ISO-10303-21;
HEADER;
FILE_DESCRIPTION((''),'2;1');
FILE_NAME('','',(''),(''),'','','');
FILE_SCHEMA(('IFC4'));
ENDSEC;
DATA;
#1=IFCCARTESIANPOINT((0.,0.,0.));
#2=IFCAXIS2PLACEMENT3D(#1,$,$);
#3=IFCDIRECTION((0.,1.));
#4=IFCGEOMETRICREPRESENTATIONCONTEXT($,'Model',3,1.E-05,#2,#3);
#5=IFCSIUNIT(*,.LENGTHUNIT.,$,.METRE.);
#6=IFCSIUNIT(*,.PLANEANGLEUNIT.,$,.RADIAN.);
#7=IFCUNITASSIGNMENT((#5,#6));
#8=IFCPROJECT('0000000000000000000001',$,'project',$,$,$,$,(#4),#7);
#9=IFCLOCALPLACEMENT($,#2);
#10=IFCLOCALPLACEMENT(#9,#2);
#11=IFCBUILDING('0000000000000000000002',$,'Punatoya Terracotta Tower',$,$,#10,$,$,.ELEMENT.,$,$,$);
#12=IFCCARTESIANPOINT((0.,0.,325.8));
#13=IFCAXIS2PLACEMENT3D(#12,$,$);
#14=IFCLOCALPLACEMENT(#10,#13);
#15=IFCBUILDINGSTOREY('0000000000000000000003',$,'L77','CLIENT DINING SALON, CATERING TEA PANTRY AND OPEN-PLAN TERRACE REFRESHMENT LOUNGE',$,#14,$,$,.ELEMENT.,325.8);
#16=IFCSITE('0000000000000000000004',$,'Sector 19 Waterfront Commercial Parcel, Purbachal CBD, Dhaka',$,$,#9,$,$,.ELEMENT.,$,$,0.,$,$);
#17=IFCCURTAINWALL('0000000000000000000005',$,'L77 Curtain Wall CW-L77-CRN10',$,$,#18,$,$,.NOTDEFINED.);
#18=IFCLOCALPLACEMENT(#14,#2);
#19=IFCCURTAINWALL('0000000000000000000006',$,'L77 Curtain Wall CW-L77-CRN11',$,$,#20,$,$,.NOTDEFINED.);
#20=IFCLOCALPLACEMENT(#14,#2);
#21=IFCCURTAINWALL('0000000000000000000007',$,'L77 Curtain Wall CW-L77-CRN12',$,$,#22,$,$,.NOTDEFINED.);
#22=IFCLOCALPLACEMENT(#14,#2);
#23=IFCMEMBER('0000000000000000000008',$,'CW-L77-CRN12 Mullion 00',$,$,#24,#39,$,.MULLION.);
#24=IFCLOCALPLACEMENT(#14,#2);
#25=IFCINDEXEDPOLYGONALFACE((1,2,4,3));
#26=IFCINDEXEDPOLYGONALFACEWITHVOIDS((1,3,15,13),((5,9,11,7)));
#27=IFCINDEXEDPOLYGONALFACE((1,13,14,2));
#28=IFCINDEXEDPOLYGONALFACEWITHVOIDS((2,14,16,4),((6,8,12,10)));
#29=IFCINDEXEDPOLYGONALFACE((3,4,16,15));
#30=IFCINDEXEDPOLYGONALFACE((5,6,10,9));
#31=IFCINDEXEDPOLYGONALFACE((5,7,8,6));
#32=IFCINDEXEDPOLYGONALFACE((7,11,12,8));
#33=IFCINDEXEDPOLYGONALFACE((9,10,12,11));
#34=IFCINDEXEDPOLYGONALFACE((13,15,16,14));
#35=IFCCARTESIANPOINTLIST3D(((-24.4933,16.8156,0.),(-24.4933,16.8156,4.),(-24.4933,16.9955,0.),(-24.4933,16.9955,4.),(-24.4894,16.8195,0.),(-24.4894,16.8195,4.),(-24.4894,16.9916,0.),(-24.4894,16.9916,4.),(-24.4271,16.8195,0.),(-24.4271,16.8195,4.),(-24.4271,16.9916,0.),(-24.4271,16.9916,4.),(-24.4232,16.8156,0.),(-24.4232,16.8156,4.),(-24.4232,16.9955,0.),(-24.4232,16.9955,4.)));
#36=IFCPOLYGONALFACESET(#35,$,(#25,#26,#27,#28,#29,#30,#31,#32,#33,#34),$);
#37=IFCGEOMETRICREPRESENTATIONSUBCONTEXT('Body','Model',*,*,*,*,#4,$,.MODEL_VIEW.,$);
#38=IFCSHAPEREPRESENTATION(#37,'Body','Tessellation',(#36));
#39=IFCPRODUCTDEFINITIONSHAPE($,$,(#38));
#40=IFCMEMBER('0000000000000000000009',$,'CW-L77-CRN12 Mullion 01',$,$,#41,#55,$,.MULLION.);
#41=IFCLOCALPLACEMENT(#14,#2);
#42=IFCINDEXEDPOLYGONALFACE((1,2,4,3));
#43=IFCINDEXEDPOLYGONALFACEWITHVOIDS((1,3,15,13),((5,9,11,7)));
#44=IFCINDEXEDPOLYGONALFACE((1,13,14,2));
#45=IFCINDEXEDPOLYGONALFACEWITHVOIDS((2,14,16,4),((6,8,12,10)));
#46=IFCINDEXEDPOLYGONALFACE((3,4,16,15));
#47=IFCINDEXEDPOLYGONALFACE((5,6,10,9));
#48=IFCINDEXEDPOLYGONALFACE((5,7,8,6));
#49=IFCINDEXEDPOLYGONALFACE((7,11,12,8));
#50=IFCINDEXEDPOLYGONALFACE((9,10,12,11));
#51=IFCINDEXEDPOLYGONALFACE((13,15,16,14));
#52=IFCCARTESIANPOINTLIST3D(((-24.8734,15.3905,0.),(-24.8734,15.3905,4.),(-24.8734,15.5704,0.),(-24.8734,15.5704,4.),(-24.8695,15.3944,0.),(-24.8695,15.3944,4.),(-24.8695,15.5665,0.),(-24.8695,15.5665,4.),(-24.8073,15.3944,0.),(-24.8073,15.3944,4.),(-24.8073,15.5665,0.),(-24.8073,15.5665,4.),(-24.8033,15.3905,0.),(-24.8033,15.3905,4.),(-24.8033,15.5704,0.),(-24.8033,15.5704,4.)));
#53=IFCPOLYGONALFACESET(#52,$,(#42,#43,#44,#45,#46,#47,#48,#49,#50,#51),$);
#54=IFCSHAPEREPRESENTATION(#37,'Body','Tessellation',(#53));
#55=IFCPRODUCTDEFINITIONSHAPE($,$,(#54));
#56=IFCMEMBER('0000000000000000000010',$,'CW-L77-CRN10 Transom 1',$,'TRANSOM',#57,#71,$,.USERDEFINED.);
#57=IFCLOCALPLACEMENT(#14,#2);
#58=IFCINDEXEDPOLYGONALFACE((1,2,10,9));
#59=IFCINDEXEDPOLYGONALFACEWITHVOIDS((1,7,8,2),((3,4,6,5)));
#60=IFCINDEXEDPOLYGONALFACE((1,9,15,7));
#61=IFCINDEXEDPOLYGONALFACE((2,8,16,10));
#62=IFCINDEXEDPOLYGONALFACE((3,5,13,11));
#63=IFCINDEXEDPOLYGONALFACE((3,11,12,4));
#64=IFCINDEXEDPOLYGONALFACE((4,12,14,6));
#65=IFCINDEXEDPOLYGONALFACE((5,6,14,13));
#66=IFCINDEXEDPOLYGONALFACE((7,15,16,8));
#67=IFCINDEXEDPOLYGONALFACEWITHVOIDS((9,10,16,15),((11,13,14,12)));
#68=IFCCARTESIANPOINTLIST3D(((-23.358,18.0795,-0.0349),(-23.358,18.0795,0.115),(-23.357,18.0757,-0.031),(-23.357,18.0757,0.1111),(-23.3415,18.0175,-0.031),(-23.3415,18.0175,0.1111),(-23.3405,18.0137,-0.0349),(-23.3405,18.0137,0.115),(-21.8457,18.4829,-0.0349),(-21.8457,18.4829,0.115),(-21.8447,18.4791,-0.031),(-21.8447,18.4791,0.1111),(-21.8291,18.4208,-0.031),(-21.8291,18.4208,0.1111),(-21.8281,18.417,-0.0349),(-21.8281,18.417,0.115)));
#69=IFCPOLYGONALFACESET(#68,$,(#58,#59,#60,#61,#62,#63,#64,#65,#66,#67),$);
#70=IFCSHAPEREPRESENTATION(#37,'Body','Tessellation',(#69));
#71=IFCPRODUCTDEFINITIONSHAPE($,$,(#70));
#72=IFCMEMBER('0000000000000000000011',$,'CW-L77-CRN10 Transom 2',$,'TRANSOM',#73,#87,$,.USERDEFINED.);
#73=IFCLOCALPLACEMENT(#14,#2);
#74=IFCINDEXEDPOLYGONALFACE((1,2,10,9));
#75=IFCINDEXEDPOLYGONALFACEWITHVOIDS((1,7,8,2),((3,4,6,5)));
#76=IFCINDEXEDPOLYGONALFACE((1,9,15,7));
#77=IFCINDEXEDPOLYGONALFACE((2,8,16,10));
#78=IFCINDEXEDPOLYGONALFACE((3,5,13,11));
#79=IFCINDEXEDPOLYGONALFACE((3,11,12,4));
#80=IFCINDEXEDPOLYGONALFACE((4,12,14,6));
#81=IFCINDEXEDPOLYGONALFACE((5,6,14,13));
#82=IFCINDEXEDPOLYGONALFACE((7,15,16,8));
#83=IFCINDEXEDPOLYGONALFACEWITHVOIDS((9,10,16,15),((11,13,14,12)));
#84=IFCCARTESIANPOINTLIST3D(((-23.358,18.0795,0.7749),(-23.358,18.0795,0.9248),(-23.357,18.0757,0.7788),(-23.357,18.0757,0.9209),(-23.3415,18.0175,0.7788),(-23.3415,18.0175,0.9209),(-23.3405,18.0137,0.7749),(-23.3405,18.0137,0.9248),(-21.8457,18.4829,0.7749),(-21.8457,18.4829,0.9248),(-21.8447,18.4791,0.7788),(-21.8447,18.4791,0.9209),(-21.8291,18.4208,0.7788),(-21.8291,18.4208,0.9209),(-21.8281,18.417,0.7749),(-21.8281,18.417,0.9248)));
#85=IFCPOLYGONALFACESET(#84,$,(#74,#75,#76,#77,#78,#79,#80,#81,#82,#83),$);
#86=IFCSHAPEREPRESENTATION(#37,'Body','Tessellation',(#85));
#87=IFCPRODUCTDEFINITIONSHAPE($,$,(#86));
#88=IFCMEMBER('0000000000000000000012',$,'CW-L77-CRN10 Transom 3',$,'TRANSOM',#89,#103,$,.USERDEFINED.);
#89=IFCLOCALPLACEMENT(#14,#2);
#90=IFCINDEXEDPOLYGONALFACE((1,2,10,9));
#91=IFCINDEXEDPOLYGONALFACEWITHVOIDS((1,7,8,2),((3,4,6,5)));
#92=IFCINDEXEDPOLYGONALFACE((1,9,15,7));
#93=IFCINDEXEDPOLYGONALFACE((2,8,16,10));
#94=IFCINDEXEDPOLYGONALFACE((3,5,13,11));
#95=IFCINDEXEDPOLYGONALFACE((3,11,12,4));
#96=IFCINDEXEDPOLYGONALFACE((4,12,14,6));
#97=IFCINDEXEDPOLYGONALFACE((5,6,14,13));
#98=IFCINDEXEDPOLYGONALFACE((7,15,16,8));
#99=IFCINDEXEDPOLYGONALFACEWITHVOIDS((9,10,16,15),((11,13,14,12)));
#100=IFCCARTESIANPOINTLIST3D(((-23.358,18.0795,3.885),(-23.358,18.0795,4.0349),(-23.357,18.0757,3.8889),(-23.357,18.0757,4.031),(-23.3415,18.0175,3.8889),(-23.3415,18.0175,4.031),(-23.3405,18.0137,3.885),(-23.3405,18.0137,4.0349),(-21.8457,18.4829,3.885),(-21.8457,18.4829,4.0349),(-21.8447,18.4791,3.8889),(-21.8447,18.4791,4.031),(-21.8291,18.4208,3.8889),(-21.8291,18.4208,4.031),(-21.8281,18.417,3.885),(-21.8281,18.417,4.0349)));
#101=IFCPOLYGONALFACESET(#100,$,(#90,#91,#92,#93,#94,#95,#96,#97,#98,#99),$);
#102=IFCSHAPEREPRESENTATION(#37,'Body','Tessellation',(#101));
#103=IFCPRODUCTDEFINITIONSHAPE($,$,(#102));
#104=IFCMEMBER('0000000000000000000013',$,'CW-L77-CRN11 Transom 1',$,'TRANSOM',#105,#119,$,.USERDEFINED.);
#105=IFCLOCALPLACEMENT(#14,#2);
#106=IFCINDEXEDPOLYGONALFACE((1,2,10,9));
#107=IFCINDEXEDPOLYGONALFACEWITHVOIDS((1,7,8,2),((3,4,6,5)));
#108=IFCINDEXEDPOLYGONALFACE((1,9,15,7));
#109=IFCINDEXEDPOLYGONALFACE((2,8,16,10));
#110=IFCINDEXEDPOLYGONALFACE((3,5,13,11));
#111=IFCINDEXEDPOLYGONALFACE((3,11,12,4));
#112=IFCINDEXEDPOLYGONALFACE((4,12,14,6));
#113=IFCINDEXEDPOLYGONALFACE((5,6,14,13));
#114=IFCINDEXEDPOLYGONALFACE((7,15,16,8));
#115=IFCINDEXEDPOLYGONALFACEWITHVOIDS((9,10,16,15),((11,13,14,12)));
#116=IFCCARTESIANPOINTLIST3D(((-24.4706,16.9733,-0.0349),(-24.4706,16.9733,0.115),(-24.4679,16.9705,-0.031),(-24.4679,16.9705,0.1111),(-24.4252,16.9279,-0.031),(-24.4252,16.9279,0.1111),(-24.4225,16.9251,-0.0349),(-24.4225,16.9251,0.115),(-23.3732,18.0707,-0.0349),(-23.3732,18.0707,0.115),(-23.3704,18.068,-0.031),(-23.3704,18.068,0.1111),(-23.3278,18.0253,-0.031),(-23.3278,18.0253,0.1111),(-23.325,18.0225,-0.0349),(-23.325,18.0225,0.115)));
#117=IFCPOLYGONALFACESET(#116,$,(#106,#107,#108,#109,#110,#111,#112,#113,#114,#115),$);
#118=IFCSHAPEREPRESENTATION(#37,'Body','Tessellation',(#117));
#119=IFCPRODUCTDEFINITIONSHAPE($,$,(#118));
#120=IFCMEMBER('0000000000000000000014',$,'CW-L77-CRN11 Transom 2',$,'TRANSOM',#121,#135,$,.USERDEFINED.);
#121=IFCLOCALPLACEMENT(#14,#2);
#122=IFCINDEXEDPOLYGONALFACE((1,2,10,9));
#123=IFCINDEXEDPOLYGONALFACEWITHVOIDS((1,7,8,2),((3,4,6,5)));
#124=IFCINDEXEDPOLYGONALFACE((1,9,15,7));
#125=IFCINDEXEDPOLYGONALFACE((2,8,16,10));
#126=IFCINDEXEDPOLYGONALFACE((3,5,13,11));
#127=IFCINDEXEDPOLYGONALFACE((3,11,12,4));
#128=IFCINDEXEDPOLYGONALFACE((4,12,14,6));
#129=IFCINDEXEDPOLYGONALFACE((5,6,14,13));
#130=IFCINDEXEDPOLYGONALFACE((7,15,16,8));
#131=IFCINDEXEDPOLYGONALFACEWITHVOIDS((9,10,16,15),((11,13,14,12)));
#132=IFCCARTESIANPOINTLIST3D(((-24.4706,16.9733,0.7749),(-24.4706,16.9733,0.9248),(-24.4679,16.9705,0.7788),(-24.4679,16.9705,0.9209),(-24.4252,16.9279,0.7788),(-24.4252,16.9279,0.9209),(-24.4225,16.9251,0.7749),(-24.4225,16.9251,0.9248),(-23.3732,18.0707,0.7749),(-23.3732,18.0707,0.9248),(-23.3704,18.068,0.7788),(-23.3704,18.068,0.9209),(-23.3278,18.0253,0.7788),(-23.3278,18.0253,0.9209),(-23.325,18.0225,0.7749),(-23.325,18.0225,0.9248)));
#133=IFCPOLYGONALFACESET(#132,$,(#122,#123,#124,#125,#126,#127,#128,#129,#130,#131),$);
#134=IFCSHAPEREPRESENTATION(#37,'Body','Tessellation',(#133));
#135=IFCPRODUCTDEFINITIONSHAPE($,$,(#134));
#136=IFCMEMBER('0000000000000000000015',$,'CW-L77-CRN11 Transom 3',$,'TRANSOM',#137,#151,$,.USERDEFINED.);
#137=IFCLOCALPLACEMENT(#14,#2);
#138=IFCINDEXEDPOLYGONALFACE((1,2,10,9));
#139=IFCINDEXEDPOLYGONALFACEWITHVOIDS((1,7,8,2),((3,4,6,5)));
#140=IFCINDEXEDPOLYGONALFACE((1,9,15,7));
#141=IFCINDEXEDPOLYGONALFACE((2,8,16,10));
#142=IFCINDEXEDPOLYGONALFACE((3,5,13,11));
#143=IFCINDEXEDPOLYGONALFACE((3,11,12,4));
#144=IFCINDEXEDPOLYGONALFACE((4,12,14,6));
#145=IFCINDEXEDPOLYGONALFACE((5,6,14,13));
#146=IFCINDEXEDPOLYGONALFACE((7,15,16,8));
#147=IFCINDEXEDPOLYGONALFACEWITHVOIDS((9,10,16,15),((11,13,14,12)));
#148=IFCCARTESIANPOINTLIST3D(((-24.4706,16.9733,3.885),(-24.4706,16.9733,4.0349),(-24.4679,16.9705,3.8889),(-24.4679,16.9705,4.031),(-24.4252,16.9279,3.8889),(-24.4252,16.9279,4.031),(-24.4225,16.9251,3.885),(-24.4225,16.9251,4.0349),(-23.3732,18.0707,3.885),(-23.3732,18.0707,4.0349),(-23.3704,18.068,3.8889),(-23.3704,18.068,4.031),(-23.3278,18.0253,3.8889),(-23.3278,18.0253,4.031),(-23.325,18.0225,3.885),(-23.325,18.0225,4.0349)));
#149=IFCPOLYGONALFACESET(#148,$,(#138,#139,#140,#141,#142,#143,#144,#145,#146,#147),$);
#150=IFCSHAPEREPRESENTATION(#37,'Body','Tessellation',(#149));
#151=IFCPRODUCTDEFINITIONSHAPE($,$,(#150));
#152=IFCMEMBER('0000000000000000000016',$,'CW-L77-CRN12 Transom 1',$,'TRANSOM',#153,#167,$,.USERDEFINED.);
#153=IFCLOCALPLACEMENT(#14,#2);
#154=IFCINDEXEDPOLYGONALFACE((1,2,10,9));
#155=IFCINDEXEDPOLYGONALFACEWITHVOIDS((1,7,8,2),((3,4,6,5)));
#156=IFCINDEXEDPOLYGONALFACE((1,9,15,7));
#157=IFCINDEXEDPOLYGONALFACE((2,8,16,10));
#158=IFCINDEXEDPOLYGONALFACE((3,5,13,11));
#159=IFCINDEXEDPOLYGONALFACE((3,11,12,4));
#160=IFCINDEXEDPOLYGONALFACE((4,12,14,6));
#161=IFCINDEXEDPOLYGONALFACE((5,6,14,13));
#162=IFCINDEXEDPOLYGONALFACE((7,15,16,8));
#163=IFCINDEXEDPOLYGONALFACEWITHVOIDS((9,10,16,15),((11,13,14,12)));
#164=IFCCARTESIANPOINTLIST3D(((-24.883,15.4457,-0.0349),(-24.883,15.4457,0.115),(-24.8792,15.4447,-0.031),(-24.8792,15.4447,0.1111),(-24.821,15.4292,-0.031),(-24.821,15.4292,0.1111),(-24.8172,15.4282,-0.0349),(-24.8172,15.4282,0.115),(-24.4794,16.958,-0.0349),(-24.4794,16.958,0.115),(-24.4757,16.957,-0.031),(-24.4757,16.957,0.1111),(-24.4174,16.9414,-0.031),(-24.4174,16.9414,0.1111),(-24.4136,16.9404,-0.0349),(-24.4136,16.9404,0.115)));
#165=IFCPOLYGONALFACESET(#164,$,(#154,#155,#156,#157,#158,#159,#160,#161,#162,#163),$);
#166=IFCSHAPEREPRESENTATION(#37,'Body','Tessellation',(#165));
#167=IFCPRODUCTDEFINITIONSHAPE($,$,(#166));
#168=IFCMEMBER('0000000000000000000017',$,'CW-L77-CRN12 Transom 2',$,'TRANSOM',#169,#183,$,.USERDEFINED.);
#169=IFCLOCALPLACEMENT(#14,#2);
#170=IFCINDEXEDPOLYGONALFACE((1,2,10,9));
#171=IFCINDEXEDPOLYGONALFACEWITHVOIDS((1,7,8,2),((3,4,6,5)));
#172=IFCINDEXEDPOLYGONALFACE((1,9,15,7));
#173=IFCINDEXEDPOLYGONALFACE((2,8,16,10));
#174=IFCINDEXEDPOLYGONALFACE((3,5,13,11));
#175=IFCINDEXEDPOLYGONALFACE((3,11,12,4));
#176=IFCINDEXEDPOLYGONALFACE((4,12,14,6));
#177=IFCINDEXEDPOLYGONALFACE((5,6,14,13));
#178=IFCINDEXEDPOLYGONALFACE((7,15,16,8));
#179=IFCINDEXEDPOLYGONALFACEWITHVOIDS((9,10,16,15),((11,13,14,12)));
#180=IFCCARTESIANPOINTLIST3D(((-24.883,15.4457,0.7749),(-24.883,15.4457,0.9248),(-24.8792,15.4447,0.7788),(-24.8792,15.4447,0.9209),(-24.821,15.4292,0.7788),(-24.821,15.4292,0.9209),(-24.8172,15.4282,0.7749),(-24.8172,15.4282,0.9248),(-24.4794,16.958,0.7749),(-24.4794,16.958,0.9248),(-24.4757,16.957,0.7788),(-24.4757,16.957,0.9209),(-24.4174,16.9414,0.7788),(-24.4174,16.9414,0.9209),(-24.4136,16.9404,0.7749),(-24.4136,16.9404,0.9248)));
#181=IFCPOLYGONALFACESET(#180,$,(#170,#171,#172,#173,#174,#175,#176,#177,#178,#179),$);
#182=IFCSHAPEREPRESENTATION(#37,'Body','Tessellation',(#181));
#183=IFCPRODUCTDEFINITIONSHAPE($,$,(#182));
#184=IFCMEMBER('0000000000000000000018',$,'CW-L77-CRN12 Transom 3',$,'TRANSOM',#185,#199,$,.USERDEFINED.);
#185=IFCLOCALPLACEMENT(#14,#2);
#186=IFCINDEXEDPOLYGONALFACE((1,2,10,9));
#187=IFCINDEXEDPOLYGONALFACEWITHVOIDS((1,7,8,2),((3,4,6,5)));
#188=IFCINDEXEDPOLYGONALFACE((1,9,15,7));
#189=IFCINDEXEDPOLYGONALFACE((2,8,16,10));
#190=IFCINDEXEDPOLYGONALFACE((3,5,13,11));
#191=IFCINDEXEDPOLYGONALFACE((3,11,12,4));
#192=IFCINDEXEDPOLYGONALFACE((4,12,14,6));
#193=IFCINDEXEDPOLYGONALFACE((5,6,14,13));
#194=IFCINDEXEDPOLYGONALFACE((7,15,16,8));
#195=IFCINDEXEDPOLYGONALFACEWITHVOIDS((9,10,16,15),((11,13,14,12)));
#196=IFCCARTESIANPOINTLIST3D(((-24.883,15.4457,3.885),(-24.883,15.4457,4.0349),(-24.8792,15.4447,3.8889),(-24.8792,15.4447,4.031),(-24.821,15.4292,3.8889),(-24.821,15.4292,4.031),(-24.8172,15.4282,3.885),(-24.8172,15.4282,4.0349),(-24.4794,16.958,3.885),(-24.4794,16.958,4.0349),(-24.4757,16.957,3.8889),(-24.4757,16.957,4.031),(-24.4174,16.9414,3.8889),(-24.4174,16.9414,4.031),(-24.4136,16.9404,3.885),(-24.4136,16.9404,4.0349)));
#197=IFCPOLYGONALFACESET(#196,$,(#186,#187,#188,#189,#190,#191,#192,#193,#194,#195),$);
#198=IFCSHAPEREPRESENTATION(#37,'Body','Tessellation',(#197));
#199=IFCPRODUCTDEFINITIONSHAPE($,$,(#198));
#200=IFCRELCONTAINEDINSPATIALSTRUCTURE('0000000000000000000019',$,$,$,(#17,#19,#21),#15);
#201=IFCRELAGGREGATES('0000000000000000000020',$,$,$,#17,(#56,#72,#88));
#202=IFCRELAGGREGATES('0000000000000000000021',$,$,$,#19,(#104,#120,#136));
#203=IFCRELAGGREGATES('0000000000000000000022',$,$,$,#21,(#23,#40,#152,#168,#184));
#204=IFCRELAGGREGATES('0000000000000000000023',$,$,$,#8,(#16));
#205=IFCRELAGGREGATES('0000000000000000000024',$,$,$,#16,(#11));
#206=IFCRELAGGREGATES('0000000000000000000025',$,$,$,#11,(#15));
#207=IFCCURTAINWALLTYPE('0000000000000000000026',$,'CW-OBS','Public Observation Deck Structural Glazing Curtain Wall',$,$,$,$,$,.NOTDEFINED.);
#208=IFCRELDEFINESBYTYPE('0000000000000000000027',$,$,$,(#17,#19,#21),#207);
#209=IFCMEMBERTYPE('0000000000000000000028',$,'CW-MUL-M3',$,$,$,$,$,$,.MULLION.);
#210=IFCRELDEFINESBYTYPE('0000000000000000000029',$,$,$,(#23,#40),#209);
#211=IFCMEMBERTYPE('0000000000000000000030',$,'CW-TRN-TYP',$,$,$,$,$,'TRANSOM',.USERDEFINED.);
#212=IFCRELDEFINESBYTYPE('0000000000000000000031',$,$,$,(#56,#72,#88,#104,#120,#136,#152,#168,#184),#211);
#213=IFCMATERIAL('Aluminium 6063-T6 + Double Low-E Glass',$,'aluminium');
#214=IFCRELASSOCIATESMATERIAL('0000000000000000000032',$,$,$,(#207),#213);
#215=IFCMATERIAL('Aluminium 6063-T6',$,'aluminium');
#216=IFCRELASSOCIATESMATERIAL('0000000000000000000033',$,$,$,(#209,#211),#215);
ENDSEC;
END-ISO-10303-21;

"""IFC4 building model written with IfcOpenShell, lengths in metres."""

from ifc_helpers import new_model, si_unit, direction, frame, origin, origin_2d, place, context, subcontext, project, spatial, hollow_rectangle, extrude, material, material_profile, profile_set, type_object, element, aggregate, save


model = new_model("IFC4")

# Units and contexts
model_context = context("Model", 3, precision=1e-05, world=origin(), true_north=direction((0.0, 1.0)))
body_context = subcontext(model_context, "Body", "Model", "MODEL_VIEW")
ifc_project = project(units=[si_unit("LENGTHUNIT", "METRE"), si_unit("PLANEANGLEUNIT", "RADIAN")], contexts=[model_context])

# Site, building, storey
site_placement = place(None, origin())
site = spatial("IfcSite", under=ifc_project, at=site_placement, Name="Sector 19 Waterfront Commercial Parcel, Purbachal CBD, Dhaka", CompositionType="ELEMENT", RefElevation=0.0)
building_placement = place(site_placement, origin())
building = spatial("IfcBuilding", under=site, at=building_placement, Name="Punatoya Terracotta Tower", CompositionType="ELEMENT")
storey_placement = place(building_placement, frame((0.0, 0.0, 325.8)))
storey = spatial("IfcBuildingStorey", under=building, at=storey_placement, Name="L77", Description="CLIENT DINING SALON, CATERING TEA PANTRY AND OPEN-PLAN TERRACE REFRESHMENT LOUNGE", CompositionType="ELEMENT", Elevation=325.8)

# Shared definitions
ifc_material_1 = material(Name="Aluminium 6063-T6 + Double Low-E Glass", Category="aluminium")
curtain_wall_type = type_object("IfcCurtainWallType", Name="CW-OBS", Description="Public Observation Deck Structural Glazing Curtain Wall", PredefinedType="NOTDEFINED", material=ifc_material_1)
ifc_material_2 = material(Name="Aluminium 6063-T6", Category="aluminium")
ifc_material_profile_1 = material_profile(ifc_material_2, hollow_rectangle(XDim=0.0701, YDim=0.1799, WallThickness=0.0039, at=origin_2d()))
ifc_profile_set_1 = profile_set([ifc_material_profile_1], Name="Aluminium 6063-T6")
member_type_1 = type_object("IfcMemberType", Name="CW-MUL-M3", PredefinedType="MULLION", material=ifc_profile_set_1)

# Curtain walls, members
curtain_wall_1_placement = place(storey_placement, origin())
curtain_wall_1 = element("IfcCurtainWall", 1, at=curtain_wall_1_placement, inside=storey, type_object=curtain_wall_type, Name="L77 Curtain Wall CW-L77-CRN10", PredefinedType="NOTDEFINED")
curtain_wall_2_placement = place(storey_placement, origin())
curtain_wall_2 = element("IfcCurtainWall", 2, at=curtain_wall_2_placement, inside=storey, type_object=curtain_wall_type, Name="L77 Curtain Wall CW-L77-CRN11", PredefinedType="NOTDEFINED")
curtain_wall_3_placement = place(storey_placement, origin())
curtain_wall_3 = element("IfcCurtainWall", 3, at=curtain_wall_3_placement, inside=storey, type_object=curtain_wall_type, Name="L77 Curtain Wall CW-L77-CRN12", PredefinedType="NOTDEFINED")
member_1_placement = place(storey_placement, frame((-24.4583, 16.9055, 0.0), z_axis=(0.0, 0.0, 1.0), x_axis=(1.0, 0.0, 0.0)))
member_1 = element("IfcMember", 4, at=member_1_placement, type_object=member_type_1, Name="CW-L77-CRN12 Mullion 00", PredefinedType="MULLION", context=body_context, shape_type="SweptSolid", body=[
    extrude(hollow_rectangle(XDim=0.0701, YDim=0.1799, WallThickness=0.0039, at=origin_2d()), origin(), (0.0, 0.0, 1.0), 4.0),
])
member_2_placement = place(storey_placement, frame((-24.8384, 15.4805, 0.0), z_axis=(0.0, 0.0, 1.0), x_axis=(1.0, 0.0, 0.0)))
member_2 = element("IfcMember", 5, at=member_2_placement, type_object=member_type_1, Name="CW-L77-CRN12 Mullion 01", PredefinedType="MULLION", context=body_context, shape_type="SweptSolid", body=[
    extrude(hollow_rectangle(XDim=0.0701, YDim=0.1799, WallThickness=0.0039, at=origin_2d()), origin(), (0.0, 0.0, 1.0), 4.0),
])

# Members
ifc_material_profile_2 = material_profile(ifc_material_2, hollow_rectangle(XDim=0.0681, YDim=0.1499, WallThickness=0.0039, at=origin_2d()))
ifc_profile_set_2 = profile_set([ifc_material_profile_2], Name="Aluminium 6063-T6")
member_type_2 = type_object("IfcMemberType", Name="CW-TRN-TYP", ElementType="TRANSOM", PredefinedType="USERDEFINED", material=ifc_profile_set_2)
member_3_placement = place(storey_placement, frame((-21.8369, 18.45, 0.04), z_axis=(-0.966225, -0.257701, 0.0), x_axis=(0.257701, -0.966225, 0.0)))
member_3 = element("IfcMember", 6, at=member_3_placement, type_object=member_type_2, Name="CW-L77-CRN10 Transom 1", ObjectType="TRANSOM", PredefinedType="USERDEFINED", context=body_context, shape_type="SweptSolid", body=[
    extrude(hollow_rectangle(XDim=0.0681, YDim=0.1499, WallThickness=0.0039, at=origin_2d()), origin(), (0.0, 0.0, 1.0), 1.5652),
])
member_4_placement = place(storey_placement, frame((-21.8369, 18.45, 0.8499), z_axis=(-0.966225, -0.257701, 0.0), x_axis=(0.257701, -0.966225, 0.0)))
member_4 = element("IfcMember", 7, at=member_4_placement, type_object=member_type_2, Name="CW-L77-CRN10 Transom 2", ObjectType="TRANSOM", PredefinedType="USERDEFINED", context=body_context, shape_type="SweptSolid", body=[
    extrude(hollow_rectangle(XDim=0.0681, YDim=0.1499, WallThickness=0.0039, at=origin_2d()), origin(), (0.0, 0.0, 1.0), 1.5652),
])
member_5_placement = place(storey_placement, frame((-21.8369, 18.45, 3.96), z_axis=(-0.966225, -0.257701, 0.0), x_axis=(0.257701, -0.966225, 0.0)))
member_5 = element("IfcMember", 8, at=member_5_placement, type_object=member_type_2, Name="CW-L77-CRN10 Transom 3", ObjectType="TRANSOM", PredefinedType="USERDEFINED", context=body_context, shape_type="SweptSolid", body=[
    extrude(hollow_rectangle(XDim=0.0681, YDim=0.1499, WallThickness=0.0039, at=origin_2d()), origin(), (0.0, 0.0, 1.0), 1.5652),
])
member_6_placement = place(storey_placement, frame((-23.3491, 18.0466, 0.04), z_axis=(-0.707107, -0.707107, 0.0), x_axis=(0.707107, -0.707107, 0.0)))
member_6 = element("IfcMember", 9, at=member_6_placement, type_object=member_type_2, Name="CW-L77-CRN11 Transom 1", ObjectType="TRANSOM", PredefinedType="USERDEFINED", context=body_context, shape_type="SweptSolid", body=[
    extrude(hollow_rectangle(XDim=0.0681, YDim=0.1499, WallThickness=0.0039, at=origin_2d()), origin(), (0.0, 0.0, 1.0), 1.552),
])
member_7_placement = place(storey_placement, frame((-23.3491, 18.0466, 0.8499), z_axis=(-0.707107, -0.707107, 0.0), x_axis=(0.707107, -0.707107, 0.0)))
member_7 = element("IfcMember", 10, at=member_7_placement, type_object=member_type_2, Name="CW-L77-CRN11 Transom 2", ObjectType="TRANSOM", PredefinedType="USERDEFINED", context=body_context, shape_type="SweptSolid", body=[
    extrude(hollow_rectangle(XDim=0.0681, YDim=0.1499, WallThickness=0.0039, at=origin_2d()), origin(), (0.0, 0.0, 1.0), 1.552),
])
member_8_placement = place(storey_placement, frame((-23.3491, 18.0466, 3.96), z_axis=(-0.707107, -0.707107, 0.0), x_axis=(0.707107, -0.707107, 0.0)))
member_8 = element("IfcMember", 11, at=member_8_placement, type_object=member_type_2, Name="CW-L77-CRN11 Transom 3", ObjectType="TRANSOM", PredefinedType="USERDEFINED", context=body_context, shape_type="SweptSolid", body=[
    extrude(hollow_rectangle(XDim=0.0681, YDim=0.1499, WallThickness=0.0039, at=origin_2d()), origin(), (0.0, 0.0, 1.0), 1.552),
])
member_9_placement = place(storey_placement, frame((-24.4465, 16.9492, 0.04), z_axis=(-0.257847, -0.966186, 0.0), x_axis=(0.966186, -0.257847, 0.0)))
member_9 = element("IfcMember", 12, at=member_9_placement, type_object=member_type_2, Name="CW-L77-CRN12 Transom 1", ObjectType="TRANSOM", PredefinedType="USERDEFINED", context=body_context, shape_type="SweptSolid", body=[
    extrude(hollow_rectangle(XDim=0.0681, YDim=0.1499, WallThickness=0.0039, at=origin_2d()), origin(), (0.0, 0.0, 1.0), 1.5652),
])
member_10_placement = place(storey_placement, frame((-24.4465, 16.9492, 0.8499), z_axis=(-0.257847, -0.966186, 0.0), x_axis=(0.966186, -0.257847, 0.0)))
member_10 = element("IfcMember", 13, at=member_10_placement, type_object=member_type_2, Name="CW-L77-CRN12 Transom 2", ObjectType="TRANSOM", PredefinedType="USERDEFINED", context=body_context, shape_type="SweptSolid", body=[
    extrude(hollow_rectangle(XDim=0.0681, YDim=0.1499, WallThickness=0.0039, at=origin_2d()), origin(), (0.0, 0.0, 1.0), 1.5652),
])
member_11_placement = place(storey_placement, frame((-24.4465, 16.9492, 3.96), z_axis=(-0.257847, -0.966186, 0.0), x_axis=(0.966186, -0.257847, 0.0)))
member_11 = element("IfcMember", 14, at=member_11_placement, type_object=member_type_2, Name="CW-L77-CRN12 Transom 3", ObjectType="TRANSOM", PredefinedType="USERDEFINED", context=body_context, shape_type="SweptSolid", body=[
    extrude(hollow_rectangle(XDim=0.0681, YDim=0.1499, WallThickness=0.0039, at=origin_2d()), origin(), (0.0, 0.0, 1.0), 1.5652),
])

aggregate(curtain_wall_1, [member_3, member_4, member_5])
aggregate(curtain_wall_2, [member_6, member_7, member_8])
aggregate(curtain_wall_3, [member_1, member_2, member_9, member_10, member_11])

save(model, "model.ifc")
